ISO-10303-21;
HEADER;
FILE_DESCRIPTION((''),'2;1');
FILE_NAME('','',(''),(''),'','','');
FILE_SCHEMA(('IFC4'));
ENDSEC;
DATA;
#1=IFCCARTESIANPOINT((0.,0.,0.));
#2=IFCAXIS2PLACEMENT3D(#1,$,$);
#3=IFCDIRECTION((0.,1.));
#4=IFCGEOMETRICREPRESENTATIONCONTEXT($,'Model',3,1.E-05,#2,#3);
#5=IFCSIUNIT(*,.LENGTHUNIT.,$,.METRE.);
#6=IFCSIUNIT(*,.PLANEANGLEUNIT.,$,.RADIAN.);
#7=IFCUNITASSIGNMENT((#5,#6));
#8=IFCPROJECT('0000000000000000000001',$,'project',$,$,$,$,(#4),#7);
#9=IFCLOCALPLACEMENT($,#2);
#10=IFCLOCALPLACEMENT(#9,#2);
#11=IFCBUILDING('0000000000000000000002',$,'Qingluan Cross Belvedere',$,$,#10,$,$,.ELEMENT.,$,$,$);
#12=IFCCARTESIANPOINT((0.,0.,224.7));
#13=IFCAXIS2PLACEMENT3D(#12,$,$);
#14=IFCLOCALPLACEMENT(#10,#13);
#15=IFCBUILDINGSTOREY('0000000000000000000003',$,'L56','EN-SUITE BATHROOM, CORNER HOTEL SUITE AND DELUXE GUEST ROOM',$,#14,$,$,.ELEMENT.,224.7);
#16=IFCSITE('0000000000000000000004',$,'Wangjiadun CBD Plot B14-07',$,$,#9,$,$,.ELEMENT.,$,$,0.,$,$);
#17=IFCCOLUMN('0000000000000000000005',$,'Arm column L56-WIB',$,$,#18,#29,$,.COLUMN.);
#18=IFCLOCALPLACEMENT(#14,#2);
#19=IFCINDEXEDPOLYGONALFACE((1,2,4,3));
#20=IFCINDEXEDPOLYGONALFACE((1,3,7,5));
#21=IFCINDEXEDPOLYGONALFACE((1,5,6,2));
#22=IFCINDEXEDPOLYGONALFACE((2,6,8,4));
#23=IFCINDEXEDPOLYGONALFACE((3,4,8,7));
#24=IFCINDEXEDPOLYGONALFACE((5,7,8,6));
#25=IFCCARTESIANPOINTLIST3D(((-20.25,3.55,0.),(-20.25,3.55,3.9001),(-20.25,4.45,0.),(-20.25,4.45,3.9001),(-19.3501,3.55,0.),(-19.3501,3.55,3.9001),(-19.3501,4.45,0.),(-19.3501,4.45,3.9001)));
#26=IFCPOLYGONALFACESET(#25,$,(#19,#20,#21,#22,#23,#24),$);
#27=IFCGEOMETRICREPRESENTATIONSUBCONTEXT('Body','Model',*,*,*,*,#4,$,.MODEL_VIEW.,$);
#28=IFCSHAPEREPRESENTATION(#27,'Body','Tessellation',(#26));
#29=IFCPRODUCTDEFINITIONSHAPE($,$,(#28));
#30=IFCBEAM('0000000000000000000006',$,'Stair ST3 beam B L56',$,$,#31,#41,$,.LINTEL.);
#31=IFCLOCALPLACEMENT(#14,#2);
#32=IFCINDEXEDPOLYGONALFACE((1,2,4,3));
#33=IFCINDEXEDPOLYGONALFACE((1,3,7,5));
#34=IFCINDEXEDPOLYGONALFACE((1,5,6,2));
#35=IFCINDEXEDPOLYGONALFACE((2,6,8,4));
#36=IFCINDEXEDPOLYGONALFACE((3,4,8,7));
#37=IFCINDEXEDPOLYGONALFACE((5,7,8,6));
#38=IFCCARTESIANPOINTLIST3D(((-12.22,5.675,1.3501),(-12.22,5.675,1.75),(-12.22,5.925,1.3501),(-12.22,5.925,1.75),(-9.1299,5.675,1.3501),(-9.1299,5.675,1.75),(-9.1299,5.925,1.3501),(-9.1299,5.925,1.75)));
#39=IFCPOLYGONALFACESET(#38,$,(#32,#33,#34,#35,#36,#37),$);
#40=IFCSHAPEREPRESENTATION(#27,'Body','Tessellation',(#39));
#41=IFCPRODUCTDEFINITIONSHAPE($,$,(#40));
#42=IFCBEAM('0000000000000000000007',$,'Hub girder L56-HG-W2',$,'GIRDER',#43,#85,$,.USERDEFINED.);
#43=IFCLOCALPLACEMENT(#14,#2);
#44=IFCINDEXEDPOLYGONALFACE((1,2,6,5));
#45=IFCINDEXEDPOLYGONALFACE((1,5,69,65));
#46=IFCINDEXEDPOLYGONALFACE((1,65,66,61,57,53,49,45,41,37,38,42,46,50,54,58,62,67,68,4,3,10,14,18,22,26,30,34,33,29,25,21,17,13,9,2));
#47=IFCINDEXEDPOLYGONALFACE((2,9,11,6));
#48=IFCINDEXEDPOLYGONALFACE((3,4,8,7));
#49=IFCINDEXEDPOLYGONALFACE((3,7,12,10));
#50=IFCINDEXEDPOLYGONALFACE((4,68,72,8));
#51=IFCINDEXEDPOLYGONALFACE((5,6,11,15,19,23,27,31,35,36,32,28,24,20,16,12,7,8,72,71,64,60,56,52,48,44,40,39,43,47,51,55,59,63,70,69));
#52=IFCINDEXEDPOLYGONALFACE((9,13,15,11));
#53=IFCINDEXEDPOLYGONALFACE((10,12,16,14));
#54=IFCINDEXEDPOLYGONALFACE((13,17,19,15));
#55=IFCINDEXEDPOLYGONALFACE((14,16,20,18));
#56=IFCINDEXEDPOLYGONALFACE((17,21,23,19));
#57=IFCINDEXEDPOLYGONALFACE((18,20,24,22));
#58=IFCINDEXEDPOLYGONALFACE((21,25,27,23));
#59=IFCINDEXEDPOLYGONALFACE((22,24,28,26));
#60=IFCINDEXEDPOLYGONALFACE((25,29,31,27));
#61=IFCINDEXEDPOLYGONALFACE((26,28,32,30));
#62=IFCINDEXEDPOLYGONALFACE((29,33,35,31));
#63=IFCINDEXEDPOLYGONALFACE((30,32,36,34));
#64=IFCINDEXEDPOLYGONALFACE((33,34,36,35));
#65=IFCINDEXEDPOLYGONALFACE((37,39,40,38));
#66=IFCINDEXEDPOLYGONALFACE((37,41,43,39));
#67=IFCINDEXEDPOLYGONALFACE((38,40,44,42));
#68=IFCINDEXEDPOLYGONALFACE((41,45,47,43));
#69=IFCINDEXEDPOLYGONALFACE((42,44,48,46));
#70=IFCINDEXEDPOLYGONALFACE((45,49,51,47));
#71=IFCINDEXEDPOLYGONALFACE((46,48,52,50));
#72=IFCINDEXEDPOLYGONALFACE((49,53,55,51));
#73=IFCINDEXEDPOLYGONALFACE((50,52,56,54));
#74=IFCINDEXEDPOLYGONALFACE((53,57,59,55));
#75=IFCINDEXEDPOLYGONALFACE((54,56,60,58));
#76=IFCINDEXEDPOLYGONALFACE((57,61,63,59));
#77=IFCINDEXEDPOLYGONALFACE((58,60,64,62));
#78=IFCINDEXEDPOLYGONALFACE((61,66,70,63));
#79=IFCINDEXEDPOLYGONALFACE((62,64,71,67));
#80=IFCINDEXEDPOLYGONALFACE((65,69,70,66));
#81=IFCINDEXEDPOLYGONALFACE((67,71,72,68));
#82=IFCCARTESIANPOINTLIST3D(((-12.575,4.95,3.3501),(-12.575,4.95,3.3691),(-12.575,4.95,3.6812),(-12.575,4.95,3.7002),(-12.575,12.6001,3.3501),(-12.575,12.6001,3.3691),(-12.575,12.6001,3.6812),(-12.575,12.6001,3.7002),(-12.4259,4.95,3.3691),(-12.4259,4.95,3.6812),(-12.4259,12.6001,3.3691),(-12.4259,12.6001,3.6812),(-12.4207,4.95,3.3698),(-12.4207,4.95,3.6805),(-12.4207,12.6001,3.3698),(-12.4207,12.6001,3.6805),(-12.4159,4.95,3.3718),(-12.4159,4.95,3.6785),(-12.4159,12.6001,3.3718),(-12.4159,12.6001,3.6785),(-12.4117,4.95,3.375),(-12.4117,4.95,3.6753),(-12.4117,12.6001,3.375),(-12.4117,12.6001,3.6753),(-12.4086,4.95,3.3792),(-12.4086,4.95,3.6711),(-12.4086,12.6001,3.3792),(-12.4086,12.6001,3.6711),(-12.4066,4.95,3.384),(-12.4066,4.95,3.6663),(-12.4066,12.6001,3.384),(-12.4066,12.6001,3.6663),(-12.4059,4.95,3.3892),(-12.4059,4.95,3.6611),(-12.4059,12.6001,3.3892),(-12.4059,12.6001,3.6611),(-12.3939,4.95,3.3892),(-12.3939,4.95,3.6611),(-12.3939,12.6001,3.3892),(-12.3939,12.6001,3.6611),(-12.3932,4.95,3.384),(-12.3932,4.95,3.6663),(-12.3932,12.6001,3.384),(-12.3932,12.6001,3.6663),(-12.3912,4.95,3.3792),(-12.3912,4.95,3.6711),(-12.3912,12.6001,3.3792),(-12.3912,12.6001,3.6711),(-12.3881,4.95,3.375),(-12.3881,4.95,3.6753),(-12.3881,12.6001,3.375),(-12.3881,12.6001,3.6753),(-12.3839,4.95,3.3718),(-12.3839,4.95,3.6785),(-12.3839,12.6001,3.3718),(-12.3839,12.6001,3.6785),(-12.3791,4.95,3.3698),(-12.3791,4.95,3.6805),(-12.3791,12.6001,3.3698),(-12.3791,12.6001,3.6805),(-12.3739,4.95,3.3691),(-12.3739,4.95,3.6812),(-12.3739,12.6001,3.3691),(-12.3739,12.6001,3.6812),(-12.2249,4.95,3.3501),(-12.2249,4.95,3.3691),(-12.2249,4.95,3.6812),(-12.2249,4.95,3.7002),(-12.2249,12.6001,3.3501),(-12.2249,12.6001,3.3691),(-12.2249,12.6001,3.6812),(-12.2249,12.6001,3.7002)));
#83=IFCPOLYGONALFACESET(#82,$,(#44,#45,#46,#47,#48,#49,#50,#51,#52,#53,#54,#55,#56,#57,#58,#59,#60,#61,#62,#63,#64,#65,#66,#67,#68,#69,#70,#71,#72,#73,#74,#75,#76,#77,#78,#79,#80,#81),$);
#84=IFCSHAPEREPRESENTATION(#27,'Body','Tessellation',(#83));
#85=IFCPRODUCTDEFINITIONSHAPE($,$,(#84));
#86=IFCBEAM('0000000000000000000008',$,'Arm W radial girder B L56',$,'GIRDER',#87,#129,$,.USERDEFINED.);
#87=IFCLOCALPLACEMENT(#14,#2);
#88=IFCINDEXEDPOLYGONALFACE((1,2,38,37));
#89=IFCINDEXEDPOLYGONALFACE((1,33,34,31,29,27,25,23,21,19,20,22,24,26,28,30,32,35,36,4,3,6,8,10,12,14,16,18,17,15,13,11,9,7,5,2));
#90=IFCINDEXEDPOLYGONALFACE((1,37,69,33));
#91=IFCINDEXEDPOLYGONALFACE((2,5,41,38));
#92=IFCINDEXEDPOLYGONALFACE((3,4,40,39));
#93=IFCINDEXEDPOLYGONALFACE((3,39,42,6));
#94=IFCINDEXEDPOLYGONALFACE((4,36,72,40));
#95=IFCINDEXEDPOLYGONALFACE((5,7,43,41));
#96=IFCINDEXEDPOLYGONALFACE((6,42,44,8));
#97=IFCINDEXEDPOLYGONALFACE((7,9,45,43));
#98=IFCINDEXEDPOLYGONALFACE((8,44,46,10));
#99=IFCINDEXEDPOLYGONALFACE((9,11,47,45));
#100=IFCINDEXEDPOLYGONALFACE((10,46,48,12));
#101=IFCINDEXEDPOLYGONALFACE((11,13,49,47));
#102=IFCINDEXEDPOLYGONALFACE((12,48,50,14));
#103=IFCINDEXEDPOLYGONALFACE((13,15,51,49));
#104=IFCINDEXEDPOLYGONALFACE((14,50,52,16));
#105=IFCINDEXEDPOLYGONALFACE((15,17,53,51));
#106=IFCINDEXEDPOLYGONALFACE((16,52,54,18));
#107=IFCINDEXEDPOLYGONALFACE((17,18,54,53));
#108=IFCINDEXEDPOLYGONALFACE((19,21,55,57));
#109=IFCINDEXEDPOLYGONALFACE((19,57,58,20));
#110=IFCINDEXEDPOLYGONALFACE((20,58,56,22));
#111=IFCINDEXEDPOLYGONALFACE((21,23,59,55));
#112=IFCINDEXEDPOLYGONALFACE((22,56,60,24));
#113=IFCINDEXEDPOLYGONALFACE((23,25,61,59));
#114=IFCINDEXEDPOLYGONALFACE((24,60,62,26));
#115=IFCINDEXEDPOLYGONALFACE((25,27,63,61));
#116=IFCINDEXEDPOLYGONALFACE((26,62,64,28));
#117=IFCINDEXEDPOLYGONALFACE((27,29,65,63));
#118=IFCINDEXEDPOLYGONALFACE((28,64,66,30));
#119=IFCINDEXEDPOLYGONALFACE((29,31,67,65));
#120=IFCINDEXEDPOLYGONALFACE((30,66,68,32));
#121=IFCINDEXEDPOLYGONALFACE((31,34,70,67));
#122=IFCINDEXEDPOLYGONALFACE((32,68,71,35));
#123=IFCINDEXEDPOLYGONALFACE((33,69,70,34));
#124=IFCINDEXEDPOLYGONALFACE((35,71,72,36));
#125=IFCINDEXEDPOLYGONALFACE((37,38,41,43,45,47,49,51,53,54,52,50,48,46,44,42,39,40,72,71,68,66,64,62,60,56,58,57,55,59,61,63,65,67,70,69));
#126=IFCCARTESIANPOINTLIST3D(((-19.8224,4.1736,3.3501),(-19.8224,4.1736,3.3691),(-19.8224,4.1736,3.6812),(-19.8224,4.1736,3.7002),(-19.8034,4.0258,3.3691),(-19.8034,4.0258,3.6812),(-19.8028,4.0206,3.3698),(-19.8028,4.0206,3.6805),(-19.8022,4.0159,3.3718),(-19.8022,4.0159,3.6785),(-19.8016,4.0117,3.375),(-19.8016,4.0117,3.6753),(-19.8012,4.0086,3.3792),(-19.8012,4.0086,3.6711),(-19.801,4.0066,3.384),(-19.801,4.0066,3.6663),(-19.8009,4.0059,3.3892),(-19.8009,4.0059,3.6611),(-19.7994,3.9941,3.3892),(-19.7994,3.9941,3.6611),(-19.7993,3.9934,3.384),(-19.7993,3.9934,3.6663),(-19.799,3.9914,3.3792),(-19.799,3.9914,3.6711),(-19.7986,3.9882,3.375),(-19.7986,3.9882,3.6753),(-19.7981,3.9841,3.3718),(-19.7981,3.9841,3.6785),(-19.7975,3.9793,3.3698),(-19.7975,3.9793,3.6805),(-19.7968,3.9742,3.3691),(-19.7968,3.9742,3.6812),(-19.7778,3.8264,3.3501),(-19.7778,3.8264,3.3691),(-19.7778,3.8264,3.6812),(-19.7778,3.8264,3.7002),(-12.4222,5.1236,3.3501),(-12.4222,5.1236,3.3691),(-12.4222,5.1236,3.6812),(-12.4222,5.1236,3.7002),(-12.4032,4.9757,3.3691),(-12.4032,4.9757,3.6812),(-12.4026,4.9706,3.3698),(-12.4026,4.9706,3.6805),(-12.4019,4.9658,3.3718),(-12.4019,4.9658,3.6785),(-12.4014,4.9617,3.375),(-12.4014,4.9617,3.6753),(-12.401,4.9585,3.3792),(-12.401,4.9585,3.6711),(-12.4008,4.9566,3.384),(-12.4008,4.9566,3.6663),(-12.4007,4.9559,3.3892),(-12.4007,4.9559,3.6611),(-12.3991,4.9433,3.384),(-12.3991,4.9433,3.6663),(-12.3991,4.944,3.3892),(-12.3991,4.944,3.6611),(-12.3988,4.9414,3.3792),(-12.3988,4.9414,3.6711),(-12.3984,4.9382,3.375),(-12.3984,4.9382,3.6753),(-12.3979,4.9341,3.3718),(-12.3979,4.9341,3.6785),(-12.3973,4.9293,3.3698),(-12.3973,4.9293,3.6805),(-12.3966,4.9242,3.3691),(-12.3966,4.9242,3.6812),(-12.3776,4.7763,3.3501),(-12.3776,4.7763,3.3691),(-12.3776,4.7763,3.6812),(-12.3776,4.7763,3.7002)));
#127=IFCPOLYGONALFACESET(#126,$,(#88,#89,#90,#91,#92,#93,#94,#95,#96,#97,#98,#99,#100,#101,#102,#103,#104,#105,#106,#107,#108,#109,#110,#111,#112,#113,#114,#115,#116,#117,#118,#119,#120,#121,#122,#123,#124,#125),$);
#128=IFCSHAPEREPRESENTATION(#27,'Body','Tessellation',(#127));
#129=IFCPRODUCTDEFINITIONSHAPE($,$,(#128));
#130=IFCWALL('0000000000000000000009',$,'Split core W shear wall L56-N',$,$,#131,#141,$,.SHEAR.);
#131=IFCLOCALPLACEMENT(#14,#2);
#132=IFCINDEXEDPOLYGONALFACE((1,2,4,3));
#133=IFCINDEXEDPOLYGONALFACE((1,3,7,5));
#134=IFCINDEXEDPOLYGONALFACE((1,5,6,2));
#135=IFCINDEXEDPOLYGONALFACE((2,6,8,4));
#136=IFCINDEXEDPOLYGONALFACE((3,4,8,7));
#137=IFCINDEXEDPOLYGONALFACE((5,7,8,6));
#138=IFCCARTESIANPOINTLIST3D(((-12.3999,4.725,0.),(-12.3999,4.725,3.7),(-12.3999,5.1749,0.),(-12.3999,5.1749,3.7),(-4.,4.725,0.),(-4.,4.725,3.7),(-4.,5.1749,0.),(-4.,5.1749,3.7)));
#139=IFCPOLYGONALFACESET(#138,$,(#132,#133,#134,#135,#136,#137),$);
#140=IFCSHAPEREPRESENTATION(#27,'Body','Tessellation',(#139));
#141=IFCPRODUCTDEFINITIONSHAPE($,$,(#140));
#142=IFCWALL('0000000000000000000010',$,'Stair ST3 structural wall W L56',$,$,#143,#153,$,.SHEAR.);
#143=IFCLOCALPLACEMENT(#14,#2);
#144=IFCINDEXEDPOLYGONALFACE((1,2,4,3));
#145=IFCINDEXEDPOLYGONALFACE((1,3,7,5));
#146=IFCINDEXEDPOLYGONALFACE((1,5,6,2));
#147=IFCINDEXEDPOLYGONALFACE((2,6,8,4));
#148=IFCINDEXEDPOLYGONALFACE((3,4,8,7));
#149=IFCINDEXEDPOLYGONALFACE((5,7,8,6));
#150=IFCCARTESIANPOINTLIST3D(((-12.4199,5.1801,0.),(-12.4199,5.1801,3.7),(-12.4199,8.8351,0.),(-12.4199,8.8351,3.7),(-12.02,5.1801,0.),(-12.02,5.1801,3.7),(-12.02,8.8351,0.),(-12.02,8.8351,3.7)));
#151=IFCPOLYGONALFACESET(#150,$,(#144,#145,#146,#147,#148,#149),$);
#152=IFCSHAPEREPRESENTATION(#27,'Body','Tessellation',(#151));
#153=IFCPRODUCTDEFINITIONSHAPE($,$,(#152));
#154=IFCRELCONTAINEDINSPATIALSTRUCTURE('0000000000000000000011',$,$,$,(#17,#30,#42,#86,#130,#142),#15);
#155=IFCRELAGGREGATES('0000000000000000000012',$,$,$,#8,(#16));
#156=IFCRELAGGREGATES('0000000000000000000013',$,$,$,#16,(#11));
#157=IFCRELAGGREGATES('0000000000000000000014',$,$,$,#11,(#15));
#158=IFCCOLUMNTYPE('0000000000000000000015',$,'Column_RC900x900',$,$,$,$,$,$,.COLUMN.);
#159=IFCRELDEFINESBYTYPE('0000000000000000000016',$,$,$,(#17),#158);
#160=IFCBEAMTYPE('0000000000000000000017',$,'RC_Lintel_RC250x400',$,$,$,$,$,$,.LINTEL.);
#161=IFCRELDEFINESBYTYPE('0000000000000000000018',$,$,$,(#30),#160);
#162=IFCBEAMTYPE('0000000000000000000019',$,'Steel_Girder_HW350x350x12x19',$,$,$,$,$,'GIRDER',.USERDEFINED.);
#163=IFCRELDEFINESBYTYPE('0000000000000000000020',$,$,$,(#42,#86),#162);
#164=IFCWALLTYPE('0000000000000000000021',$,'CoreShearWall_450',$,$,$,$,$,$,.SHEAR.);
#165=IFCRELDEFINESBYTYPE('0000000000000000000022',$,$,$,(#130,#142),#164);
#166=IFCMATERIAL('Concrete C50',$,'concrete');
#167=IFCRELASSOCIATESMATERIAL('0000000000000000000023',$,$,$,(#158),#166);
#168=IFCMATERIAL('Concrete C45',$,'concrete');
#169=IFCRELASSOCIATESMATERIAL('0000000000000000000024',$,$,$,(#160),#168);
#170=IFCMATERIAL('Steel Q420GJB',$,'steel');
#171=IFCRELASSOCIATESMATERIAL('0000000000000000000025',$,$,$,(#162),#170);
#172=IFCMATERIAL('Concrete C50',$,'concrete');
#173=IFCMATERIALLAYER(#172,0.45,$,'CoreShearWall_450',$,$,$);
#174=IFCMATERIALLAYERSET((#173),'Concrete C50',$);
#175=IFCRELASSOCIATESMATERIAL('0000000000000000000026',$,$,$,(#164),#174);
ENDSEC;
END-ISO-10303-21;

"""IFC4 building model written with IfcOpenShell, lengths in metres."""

from ifc_helpers import new_model, si_unit, direction, frame, frame_2d, origin, origin_2d, place, context, subcontext, project, spatial, rectangle, i_section, extrude, material, layer, layer_set, material_profile, profile_set, type_object, element, save


model = new_model("IFC4")

# Units and contexts
model_context = context("Model", 3, precision=1e-05, world=origin(), true_north=direction((0.0, 1.0)))
body_context = subcontext(model_context, "Body", "Model", "MODEL_VIEW")
ifc_project = project(units=[si_unit("LENGTHUNIT", "METRE"), si_unit("PLANEANGLEUNIT", "RADIAN")], contexts=[model_context])

# Site, building, storey
site_placement = place(None, origin())
site = spatial("IfcSite", under=ifc_project, at=site_placement, Name="Wangjiadun CBD Plot B14-07", CompositionType="ELEMENT", RefElevation=0.0)
building_placement = place(site_placement, origin())
building = spatial("IfcBuilding", under=site, at=building_placement, Name="Qingluan Cross Belvedere", CompositionType="ELEMENT")
storey_placement = place(building_placement, frame((0.0, 0.0, 224.7)))
storey = spatial("IfcBuildingStorey", under=building, at=storey_placement, Name="L56", Description="EN-SUITE BATHROOM, CORNER HOTEL SUITE AND DELUXE GUEST ROOM", CompositionType="ELEMENT", Elevation=224.7)

# Column
ifc_material_1 = material(Name="Concrete C50", Category="concrete")
ifc_material_profile_1 = material_profile(ifc_material_1, rectangle(XDim=0.8999, YDim=0.8999, at=origin_2d()), Name="RC900x900")
ifc_profile_set_1 = profile_set([ifc_material_profile_1], Name="Concrete C50")
column_type = type_object("IfcColumnType", Name="Column_RC900x900", PredefinedType="COLUMN", material=ifc_profile_set_1)
column_placement = place(storey_placement, frame((-19.8, 4.0, 0.0), z_axis=(0.0, 0.0, 1.0), x_axis=(1.0, 0.0, 0.0)))
element("IfcColumn", 1, at=column_placement, inside=storey, type_object=column_type, Name="Arm column L56-WIB", PredefinedType="COLUMN", context=body_context, shape_type="SweptSolid", body=[
    extrude(rectangle(XDim=0.8999, YDim=0.8999, at=origin_2d()), origin(), (0.0, 0.0, 1.0), 3.9001),
])

# Beams
ifc_material_2 = material(Name="Concrete C45", Category="concrete")
ifc_material_profile_2 = material_profile(ifc_material_2, rectangle(XDim=0.25, YDim=0.3999, at=origin_2d()), Name="RC250x400")
ifc_profile_set_2 = profile_set([ifc_material_profile_2], Name="Concrete C45")
beam_type_1 = type_object("IfcBeamType", Name="RC_Lintel_RC250x400", PredefinedType="LINTEL", material=ifc_profile_set_2)
beam_1_placement = place(storey_placement, frame((-12.22, 5.8, 1.55), z_axis=(1.0, 0.0, 0.0), x_axis=(0.0, 1.0, 0.0)))
element("IfcBeam", 2, at=beam_1_placement, inside=storey, type_object=beam_type_1, Name="Stair ST3 beam B L56", PredefinedType="LINTEL", context=body_context, shape_type="SweptSolid", body=[
    extrude(rectangle(XDim=0.25, YDim=0.3999, at=origin_2d()), origin(), (0.0, 0.0, 1.0), 3.0901),
])
ifc_material_3 = material(Name="Steel Q420GJB", Category="steel")
ifc_material_profile_3 = material_profile(ifc_material_3, i_section(OverallWidth=0.3501, OverallDepth=0.3501, WebThickness=0.012, FlangeThickness=0.019, FilletRadius=0.02, at=origin_2d()), Name="HW350x350x12x19")
ifc_profile_set_3 = profile_set([ifc_material_profile_3], Name="Steel Q420GJB")
beam_type_2 = type_object("IfcBeamType", Name="Steel_Girder_HW350x350x12x19", ElementType="GIRDER", PredefinedType="USERDEFINED", material=ifc_profile_set_3)
beam_2_placement = place(storey_placement, frame((-12.3999, 4.95, 3.5251), z_axis=(0.0, 1.0, 0.0), x_axis=(-1.0, 0.0, 0.0)))
element("IfcBeam", 3, at=beam_2_placement, inside=storey, type_object=beam_type_2, Name="Hub girder L56-HG-W2", ObjectType="GIRDER", PredefinedType="USERDEFINED", context=body_context, shape_type="SweptSolid", body=[
    extrude(i_section(OverallWidth=0.3501, OverallDepth=0.3501, WebThickness=0.012, FlangeThickness=0.019, FilletRadius=0.02, at=origin_2d()), origin(), (0.0, 0.0, 1.0), 7.6501),
])
beam_3_placement = place(storey_placement, frame((-12.3999, 4.95, 3.5251), z_axis=(-0.991861, -0.127324, 0.0), x_axis=(0.127324, -0.991861, 0.0)))
element("IfcBeam", 4, at=beam_3_placement, inside=storey, type_object=beam_type_2, Name="Arm W radial girder B L56", ObjectType="GIRDER", PredefinedType="USERDEFINED", context=body_context, shape_type="SweptSolid", body=[
    extrude(i_section(OverallWidth=0.3501, OverallDepth=0.3501, WebThickness=0.012, FlangeThickness=0.019, FilletRadius=0.02, at=origin_2d()), origin(), (0.0, 0.0, 1.0), 7.4609),
])

# Walls
ifc_material_4 = material(Name="Concrete C50", Category="concrete")
ifc_layer_1 = layer(ifc_material_4, 0.45, Name="CoreShearWall_450")
ifc_layer_set_1 = layer_set([ifc_layer_1], Name="Concrete C50")
wall_type_1 = type_object("IfcWallType", Name="CoreShearWall_450", PredefinedType="SHEAR", material=ifc_layer_set_1)
wall_1_placement = place(storey_placement, frame((-12.3999, 4.95, 0.0), z_axis=(0.0, 0.0, 1.0), x_axis=(1.0, 0.0, 0.0)))
element("IfcWall", 5, at=wall_1_placement, inside=storey, type_object=wall_type_1, Name="Split core W shear wall L56-N", PredefinedType="SHEAR", context=body_context, shape_type="SweptSolid", body=[
    extrude(rectangle(XDim=8.3999, YDim=0.45, at=frame_2d((4.2, 0.0))), origin(), (0.0, 0.0, 1.0), 3.7),
])
wall_2_placement = place(storey_placement, frame((-12.22, 5.1799, 0.0), z_axis=(0.0, 0.0, 1.0), x_axis=(0.0, 1.0, 0.0)))
element("IfcWall", 6, at=wall_2_placement, inside=storey, type_object=wall_type_1, Name="Stair ST3 structural wall W L56", PredefinedType="SHEAR", context=body_context, shape_type="SweptSolid", body=[
    extrude(rectangle(XDim=3.655, YDim=0.3999, at=frame_2d((1.8276, 0.0))), origin(), (0.0, 0.0, 1.0), 3.7),
])

save(model, "model.ifc")
